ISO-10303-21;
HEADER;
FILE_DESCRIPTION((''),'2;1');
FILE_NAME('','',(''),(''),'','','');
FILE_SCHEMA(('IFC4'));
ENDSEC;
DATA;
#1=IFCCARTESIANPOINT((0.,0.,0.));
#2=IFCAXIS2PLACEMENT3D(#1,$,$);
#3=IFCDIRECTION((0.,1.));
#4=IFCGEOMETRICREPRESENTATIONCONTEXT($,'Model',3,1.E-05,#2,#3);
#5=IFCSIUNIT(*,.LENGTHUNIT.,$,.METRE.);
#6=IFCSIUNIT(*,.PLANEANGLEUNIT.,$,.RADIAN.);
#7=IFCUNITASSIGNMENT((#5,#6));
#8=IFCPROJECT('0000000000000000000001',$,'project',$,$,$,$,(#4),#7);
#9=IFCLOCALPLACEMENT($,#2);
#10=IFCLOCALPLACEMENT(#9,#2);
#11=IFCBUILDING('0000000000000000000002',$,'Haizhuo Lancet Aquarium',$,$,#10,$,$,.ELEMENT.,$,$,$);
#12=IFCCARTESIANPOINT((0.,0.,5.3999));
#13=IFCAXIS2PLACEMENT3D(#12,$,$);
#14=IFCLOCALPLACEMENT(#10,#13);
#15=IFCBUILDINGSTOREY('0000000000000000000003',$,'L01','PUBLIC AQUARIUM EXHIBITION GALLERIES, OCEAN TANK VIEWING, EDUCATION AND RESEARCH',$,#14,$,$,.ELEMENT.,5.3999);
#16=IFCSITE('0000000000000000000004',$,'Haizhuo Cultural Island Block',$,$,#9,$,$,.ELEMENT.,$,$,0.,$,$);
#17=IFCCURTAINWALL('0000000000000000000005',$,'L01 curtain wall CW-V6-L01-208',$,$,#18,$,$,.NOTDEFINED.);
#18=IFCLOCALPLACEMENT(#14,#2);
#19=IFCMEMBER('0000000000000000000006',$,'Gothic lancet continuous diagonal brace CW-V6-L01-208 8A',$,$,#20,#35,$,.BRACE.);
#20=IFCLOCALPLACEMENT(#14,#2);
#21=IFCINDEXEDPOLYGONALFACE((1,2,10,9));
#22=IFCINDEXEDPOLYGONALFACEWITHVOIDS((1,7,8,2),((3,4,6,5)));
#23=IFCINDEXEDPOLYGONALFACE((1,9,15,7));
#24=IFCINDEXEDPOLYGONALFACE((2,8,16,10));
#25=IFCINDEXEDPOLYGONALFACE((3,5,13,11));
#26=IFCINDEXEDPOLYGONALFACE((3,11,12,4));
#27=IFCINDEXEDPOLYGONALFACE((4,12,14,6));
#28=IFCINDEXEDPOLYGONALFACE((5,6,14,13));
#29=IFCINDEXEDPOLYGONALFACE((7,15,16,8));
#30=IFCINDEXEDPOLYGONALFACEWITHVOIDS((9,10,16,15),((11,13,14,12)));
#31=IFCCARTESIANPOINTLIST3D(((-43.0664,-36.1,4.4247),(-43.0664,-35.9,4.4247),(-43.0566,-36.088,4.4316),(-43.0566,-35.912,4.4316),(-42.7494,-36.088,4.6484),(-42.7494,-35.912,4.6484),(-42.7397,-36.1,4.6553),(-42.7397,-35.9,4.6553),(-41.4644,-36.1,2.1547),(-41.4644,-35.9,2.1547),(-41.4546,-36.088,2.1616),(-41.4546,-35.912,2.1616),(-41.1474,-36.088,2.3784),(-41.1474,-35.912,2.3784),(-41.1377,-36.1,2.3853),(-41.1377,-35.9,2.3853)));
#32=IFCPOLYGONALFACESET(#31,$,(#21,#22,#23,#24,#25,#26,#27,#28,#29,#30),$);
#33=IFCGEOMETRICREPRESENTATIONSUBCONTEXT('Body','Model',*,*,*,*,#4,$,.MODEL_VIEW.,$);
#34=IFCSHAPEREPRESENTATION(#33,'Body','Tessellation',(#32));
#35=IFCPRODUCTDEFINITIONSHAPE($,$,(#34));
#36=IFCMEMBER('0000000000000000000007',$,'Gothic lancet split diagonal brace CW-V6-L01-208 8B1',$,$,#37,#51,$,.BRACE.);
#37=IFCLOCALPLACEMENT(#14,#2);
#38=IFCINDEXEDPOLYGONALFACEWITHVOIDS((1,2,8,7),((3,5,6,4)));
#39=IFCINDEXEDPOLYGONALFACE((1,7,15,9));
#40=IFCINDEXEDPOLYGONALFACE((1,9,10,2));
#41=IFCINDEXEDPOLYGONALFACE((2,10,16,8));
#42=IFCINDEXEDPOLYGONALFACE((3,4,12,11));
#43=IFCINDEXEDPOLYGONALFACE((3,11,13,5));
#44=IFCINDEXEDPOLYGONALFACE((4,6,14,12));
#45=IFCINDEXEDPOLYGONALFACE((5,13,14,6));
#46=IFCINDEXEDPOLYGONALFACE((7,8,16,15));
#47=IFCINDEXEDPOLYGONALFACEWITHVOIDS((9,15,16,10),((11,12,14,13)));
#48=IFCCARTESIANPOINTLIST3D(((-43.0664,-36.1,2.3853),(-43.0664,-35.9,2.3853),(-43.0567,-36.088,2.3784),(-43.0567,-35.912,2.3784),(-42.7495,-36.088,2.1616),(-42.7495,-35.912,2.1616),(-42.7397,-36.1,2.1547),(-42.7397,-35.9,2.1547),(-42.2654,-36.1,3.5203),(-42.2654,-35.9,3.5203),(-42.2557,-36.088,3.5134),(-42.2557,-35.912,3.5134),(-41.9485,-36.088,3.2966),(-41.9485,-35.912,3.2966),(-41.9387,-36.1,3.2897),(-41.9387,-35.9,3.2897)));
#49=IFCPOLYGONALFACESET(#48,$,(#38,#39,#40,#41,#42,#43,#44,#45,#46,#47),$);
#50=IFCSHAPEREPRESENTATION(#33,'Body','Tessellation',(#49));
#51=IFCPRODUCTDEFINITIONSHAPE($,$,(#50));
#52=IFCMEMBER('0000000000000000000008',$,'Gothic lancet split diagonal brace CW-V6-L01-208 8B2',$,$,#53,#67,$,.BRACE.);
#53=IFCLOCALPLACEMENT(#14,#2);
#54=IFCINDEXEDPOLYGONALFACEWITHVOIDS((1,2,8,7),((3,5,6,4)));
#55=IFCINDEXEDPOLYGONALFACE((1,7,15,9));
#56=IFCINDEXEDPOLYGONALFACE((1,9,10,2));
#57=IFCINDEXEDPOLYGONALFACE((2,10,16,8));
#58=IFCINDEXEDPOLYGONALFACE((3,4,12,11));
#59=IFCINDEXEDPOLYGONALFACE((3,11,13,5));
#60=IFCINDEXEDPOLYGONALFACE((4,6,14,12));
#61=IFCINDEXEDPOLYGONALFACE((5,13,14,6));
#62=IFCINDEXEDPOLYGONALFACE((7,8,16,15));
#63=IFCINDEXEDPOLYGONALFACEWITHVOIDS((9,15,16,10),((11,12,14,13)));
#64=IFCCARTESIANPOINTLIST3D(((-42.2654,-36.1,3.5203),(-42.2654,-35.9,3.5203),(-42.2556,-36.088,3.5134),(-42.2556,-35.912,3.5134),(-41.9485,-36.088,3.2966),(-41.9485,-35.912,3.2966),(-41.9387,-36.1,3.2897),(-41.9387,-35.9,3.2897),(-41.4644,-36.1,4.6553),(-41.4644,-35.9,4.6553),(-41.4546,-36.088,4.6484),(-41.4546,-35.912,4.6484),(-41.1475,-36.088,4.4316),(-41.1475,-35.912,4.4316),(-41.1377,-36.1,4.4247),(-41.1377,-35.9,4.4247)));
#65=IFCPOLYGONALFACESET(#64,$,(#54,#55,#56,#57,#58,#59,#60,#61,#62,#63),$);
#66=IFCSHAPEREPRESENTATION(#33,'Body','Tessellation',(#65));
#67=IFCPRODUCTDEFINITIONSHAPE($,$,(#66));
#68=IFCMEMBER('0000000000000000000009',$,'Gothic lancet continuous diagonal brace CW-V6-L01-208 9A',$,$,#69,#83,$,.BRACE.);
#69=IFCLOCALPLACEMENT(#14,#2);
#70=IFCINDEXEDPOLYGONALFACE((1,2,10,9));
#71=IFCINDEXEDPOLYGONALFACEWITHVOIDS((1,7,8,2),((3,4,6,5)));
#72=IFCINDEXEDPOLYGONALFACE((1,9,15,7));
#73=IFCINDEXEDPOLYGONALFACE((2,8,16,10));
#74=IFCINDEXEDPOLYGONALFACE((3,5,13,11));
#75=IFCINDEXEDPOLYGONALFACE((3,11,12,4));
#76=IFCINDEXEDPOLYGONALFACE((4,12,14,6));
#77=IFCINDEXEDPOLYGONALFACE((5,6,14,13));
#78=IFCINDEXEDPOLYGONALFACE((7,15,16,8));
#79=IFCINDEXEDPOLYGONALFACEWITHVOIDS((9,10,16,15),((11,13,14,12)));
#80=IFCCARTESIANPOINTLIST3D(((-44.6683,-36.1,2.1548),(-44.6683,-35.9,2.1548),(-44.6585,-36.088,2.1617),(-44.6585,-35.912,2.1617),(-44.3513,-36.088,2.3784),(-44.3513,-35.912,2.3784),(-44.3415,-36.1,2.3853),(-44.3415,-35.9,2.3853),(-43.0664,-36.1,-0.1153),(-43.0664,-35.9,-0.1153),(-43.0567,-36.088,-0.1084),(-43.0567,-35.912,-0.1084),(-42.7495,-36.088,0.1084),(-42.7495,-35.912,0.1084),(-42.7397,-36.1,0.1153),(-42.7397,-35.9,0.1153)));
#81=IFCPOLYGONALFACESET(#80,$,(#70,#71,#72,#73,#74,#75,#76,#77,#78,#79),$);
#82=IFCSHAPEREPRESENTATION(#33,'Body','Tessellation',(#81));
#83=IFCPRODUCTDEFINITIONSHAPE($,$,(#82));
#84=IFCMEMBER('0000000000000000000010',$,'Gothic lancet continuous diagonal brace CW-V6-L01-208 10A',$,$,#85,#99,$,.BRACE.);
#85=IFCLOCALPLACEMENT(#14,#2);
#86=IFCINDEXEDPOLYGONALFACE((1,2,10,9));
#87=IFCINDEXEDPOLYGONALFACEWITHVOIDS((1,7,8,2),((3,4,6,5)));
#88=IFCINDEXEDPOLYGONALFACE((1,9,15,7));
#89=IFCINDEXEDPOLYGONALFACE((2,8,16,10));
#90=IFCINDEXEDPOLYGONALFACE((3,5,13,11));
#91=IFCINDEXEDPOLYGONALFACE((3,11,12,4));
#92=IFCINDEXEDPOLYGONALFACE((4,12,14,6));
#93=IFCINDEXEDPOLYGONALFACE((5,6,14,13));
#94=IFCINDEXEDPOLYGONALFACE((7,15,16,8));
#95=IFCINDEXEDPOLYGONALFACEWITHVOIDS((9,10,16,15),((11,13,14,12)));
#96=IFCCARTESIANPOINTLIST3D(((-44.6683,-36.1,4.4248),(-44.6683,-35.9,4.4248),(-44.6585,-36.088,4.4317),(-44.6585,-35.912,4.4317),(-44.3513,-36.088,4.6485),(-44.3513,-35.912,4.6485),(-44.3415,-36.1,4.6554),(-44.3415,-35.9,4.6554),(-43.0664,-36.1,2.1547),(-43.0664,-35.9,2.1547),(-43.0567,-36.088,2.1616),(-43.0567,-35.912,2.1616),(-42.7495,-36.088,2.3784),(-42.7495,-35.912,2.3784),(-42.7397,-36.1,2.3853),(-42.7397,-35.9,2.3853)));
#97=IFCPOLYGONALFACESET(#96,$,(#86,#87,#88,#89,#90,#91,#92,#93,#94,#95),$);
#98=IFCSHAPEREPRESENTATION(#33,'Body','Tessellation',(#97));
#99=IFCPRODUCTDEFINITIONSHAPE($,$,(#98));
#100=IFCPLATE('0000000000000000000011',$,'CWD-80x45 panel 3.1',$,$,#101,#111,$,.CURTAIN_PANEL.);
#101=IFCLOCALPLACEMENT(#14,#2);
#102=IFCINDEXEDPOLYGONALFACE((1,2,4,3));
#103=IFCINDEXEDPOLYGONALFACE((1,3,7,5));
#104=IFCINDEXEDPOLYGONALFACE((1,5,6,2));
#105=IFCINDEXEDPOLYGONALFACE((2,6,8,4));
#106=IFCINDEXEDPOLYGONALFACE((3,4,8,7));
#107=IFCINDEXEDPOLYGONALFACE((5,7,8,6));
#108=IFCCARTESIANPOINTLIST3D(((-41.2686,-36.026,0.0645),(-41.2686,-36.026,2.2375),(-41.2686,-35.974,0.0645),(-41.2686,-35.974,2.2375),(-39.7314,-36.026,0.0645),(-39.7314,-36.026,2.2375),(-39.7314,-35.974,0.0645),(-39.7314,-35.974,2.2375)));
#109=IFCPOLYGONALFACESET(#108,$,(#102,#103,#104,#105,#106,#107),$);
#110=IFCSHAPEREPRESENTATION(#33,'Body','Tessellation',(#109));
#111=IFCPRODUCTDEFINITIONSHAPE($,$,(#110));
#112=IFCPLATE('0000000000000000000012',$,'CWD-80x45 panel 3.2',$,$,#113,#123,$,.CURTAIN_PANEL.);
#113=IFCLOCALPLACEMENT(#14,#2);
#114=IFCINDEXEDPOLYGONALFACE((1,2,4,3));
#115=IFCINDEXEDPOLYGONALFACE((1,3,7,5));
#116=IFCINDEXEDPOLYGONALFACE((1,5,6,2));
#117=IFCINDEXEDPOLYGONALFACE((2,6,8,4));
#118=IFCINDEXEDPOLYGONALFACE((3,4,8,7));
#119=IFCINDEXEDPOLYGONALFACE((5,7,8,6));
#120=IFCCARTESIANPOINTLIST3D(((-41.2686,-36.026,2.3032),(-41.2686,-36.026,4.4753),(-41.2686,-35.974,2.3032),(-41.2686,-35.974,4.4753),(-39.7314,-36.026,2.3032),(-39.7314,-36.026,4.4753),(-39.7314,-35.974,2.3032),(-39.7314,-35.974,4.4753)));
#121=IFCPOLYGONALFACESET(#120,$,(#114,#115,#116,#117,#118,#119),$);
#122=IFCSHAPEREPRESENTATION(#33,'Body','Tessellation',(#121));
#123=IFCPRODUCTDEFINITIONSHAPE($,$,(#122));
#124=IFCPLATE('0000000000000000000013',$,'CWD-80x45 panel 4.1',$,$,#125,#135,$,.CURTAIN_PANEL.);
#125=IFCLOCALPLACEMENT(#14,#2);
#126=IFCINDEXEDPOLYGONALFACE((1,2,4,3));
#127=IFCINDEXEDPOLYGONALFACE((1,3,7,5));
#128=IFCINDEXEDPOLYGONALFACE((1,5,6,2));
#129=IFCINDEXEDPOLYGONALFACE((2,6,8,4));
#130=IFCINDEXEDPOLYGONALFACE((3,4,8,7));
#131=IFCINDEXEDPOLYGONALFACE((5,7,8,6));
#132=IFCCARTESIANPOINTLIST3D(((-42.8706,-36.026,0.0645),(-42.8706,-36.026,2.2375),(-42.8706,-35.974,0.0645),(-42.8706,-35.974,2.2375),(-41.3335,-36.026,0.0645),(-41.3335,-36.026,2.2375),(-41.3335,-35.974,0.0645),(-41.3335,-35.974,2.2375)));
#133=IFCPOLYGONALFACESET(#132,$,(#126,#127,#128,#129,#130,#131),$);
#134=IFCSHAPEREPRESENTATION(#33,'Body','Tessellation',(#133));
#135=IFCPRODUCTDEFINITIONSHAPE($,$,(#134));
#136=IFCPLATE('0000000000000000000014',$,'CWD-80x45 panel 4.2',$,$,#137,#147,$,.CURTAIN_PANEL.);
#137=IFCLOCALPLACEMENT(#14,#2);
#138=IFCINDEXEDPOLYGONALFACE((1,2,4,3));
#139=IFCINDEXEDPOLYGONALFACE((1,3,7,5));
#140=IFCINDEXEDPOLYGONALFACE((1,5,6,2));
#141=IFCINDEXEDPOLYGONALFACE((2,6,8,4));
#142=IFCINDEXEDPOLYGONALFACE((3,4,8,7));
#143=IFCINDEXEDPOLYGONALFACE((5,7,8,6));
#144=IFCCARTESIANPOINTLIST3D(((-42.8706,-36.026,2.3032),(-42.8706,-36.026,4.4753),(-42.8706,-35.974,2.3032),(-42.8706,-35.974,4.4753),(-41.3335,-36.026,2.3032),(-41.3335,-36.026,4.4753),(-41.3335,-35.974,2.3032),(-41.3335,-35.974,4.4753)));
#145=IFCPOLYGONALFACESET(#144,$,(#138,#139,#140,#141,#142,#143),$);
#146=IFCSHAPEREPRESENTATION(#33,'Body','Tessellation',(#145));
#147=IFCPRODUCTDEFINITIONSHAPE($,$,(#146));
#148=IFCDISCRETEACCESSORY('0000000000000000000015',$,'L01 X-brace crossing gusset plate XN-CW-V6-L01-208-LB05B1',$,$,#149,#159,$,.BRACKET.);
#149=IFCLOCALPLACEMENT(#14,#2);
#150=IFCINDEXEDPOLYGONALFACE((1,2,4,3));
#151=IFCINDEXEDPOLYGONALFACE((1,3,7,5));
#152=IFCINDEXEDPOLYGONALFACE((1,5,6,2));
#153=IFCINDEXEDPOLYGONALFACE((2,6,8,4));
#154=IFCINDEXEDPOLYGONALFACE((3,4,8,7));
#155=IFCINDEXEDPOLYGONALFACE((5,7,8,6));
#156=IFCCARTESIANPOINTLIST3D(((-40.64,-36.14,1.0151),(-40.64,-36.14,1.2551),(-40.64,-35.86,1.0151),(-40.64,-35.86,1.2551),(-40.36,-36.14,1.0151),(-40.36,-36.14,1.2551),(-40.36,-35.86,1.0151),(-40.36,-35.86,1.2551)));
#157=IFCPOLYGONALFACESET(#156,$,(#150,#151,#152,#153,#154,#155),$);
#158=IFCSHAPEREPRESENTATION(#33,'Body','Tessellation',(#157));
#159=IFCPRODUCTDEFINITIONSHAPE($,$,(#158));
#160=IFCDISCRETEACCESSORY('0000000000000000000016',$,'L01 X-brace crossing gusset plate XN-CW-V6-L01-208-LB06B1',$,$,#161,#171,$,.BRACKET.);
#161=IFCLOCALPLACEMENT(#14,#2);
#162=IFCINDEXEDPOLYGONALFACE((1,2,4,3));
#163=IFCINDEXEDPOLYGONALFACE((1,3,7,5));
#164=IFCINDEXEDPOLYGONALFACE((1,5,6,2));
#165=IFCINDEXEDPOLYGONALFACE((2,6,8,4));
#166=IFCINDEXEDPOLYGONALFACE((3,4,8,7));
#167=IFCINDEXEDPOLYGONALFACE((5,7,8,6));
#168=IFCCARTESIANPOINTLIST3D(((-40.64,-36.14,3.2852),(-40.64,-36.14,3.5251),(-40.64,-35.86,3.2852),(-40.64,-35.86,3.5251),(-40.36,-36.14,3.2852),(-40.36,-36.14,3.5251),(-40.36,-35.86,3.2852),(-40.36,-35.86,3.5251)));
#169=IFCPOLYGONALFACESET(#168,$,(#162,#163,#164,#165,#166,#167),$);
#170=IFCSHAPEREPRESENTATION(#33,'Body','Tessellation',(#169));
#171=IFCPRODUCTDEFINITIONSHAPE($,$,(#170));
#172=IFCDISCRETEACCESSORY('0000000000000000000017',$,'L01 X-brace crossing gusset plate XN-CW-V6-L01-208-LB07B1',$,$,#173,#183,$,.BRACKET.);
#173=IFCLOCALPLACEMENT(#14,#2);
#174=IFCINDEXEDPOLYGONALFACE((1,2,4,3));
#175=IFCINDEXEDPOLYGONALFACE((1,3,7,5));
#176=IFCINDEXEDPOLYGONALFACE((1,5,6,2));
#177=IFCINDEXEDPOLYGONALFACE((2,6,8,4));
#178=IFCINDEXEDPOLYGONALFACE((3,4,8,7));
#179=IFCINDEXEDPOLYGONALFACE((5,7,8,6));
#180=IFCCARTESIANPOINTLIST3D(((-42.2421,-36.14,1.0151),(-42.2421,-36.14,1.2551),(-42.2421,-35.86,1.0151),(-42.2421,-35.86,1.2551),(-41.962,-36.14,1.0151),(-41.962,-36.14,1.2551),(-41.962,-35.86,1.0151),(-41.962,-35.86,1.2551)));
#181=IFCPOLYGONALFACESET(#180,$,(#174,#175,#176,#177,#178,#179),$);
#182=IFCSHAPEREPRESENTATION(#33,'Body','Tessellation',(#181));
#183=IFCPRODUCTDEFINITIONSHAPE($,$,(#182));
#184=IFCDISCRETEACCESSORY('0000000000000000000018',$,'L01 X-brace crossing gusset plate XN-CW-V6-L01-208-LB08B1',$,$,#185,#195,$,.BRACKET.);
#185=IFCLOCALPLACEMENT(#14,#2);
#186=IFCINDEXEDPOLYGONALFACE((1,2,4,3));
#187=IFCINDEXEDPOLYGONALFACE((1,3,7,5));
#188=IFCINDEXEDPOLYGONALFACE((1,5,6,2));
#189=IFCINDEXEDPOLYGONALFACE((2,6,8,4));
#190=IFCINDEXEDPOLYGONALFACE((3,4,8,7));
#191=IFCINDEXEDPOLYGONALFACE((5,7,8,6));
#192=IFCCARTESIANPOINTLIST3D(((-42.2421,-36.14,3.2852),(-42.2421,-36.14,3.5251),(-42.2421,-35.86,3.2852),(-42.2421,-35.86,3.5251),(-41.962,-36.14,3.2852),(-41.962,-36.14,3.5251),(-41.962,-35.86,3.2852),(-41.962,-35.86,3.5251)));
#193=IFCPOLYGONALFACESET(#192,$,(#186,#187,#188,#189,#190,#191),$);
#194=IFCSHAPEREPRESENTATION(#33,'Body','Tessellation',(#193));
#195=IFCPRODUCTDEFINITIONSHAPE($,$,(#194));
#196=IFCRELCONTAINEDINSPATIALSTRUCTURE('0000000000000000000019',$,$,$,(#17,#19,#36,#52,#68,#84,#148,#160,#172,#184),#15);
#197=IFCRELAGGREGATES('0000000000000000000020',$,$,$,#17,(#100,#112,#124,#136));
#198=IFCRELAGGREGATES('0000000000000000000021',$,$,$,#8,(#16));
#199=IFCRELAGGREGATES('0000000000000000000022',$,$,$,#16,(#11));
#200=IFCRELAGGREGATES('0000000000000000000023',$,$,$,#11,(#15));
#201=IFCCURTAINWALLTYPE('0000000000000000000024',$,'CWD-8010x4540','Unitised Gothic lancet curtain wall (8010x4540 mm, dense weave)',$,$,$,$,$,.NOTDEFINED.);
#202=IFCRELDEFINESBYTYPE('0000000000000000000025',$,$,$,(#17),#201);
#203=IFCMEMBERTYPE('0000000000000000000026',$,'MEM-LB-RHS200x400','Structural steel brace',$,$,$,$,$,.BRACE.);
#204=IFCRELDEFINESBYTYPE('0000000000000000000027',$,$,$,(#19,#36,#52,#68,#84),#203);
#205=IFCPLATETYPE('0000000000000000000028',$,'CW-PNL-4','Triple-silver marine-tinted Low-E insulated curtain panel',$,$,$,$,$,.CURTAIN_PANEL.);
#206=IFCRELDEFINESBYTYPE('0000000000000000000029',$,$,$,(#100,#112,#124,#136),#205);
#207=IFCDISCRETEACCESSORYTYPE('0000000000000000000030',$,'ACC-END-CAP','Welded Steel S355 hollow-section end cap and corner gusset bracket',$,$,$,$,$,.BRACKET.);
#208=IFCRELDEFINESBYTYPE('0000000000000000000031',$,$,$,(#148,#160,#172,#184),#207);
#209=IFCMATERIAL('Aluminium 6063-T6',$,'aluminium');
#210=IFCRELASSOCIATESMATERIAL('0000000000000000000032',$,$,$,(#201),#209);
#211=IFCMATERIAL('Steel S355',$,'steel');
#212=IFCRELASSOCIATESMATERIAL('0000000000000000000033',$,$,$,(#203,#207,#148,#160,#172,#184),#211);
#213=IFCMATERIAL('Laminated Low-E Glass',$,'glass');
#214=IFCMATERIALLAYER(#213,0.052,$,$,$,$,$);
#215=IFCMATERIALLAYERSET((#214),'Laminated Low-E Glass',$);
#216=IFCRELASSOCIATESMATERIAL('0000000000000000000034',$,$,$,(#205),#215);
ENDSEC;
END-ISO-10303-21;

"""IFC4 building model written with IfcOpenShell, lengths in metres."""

from ifc_helpers import new_model, si_unit, direction, frame, origin, origin_2d, place, context, subcontext, project, spatial, rectangle, hollow_rectangle, extrude, material, layer, layer_set, material_profile, profile_set, type_object, element, aggregate, save


model = new_model("IFC4")

# Units and contexts
model_context = context("Model", 3, precision=1e-05, world=origin(), true_north=direction((0.0, 1.0)))
body_context = subcontext(model_context, "Body", "Model", "MODEL_VIEW")
ifc_project = project(units=[si_unit("LENGTHUNIT", "METRE"), si_unit("PLANEANGLEUNIT", "RADIAN")], contexts=[model_context])

# Site, building, storey
site_placement = place(None, origin())
site = spatial("IfcSite", under=ifc_project, at=site_placement, Name="Haizhuo Cultural Island Block", CompositionType="ELEMENT", RefElevation=0.0)
building_placement = place(site_placement, origin())
building = spatial("IfcBuilding", under=site, at=building_placement, Name="Haizhuo Lancet Aquarium", CompositionType="ELEMENT")
storey_placement = place(building_placement, frame((0.0, 0.0, 5.3999)))
storey = spatial("IfcBuildingStorey", under=building, at=storey_placement, Name="L01", Description="PUBLIC AQUARIUM EXHIBITION GALLERIES, OCEAN TANK VIEWING, EDUCATION AND RESEARCH", CompositionType="ELEMENT", Elevation=5.3999)

# Curtain wall
ifc_material_1 = material(Name="Aluminium 6063-T6", Category="aluminium")
curtain_wall_type = type_object("IfcCurtainWallType", Name="CWD-8010x4540", Description="Unitised Gothic lancet curtain wall (8010x4540 mm, dense weave)", PredefinedType="NOTDEFINED", material=ifc_material_1)
curtain_wall_placement = place(storey_placement, origin())
curtain_wall = element("IfcCurtainWall", 1, at=curtain_wall_placement, inside=storey, type_object=curtain_wall_type, Name="L01 curtain wall CW-V6-L01-208", PredefinedType="NOTDEFINED")

# Members
ifc_material_2 = material(Name="Steel S355", Category="steel")
ifc_material_profile_1 = material_profile(ifc_material_2, hollow_rectangle(XDim=0.2, YDim=0.3999, WallThickness=0.012, at=origin_2d()), Name="RHS 200x400x12")
ifc_profile_set_1 = profile_set([ifc_material_profile_1], Name="Steel S355")
member_type_1 = type_object("IfcMemberType", Name="MEM-LB-RHS200x400", Description="Structural steel brace", PredefinedType="BRACE", material=ifc_profile_set_1)
member_1_placement = place(storey_placement, frame((-41.301, -36.0, 2.27), z_axis=(-0.576607, 0.0, 0.817021), x_axis=(0.0, -1.0, 0.0)))
element("IfcMember", 2, at=member_1_placement, inside=storey, type_object=member_type_1, Name="Gothic lancet continuous diagonal brace CW-V6-L01-208 8A", PredefinedType="BRACE", context=body_context, shape_type="SweptSolid", body=[
    extrude(hollow_rectangle(XDim=0.2, YDim=0.3999, WallThickness=0.012, at=origin_2d()), origin(), (0.0, 0.0, 1.0), 2.7783),
])
for number, where, z_axis, x_axis, name in (
    (3, (-42.9031, -36.0, 2.27), (0.576607, 0.0, 0.817021), (0.0, 1.0, 0.0), "Gothic lancet split diagonal brace CW-V6-L01-208 8B1"),
    (4, (-42.1021, -36.0, 3.405), (0.576607, 0.0, 0.817021), (0.0, 1.0, 0.0), "Gothic lancet split diagonal brace CW-V6-L01-208 8B2"),
):
    element("IfcMember", number, at=place(storey_placement, frame(where, z_axis=z_axis, x_axis=x_axis)), inside=storey, type_object=member_type_1, Name=name, PredefinedType="BRACE", context=body_context, shape_type="SweptSolid", body=[
        extrude(hollow_rectangle(XDim=0.2, YDim=0.3999, WallThickness=0.012, at=origin_2d()), origin(), (0.0, 0.0, 1.0), 1.3892),
    ])
for number, where, z_axis, x_axis, name in (
    (5, (-42.9031, -36.0, 0.0), (-0.576549, 0.0, 0.817063), (0.0, -1.0, 0.0), "Gothic lancet continuous diagonal brace CW-V6-L01-208 9A"),
    (6, (-42.9031, -36.0, 2.27), (-0.576549, 0.0, 0.817063), (0.0, -1.0, 0.0), "Gothic lancet continuous diagonal brace CW-V6-L01-208 10A"),
):
    element("IfcMember", number, at=place(storey_placement, frame(where, z_axis=z_axis, x_axis=x_axis)), inside=storey, type_object=member_type_1, Name=name, PredefinedType="BRACE", context=body_context, shape_type="SweptSolid", body=[
        extrude(hollow_rectangle(XDim=0.2, YDim=0.3999, WallThickness=0.012, at=origin_2d()), origin(), (0.0, 0.0, 1.0), 2.7783),
    ])

# Plates
ifc_material_3 = material(Name="Laminated Low-E Glass", Category="glass")
ifc_layer = layer(ifc_material_3, 0.052)
ifc_layer_set = layer_set([ifc_layer], Name="Laminated Low-E Glass")
plate_type = type_object("IfcPlateType", Name="CW-PNL-4", Description="Triple-silver marine-tinted Low-E insulated curtain panel", PredefinedType="CURTAIN_PANEL", material=ifc_layer_set)
plate_1_placement = place(storey_placement, frame((-40.5, -36.0, 0.0645), z_axis=(0.0, 0.0, 1.0), x_axis=(-1.0, 0.0, 0.0)))
plate_1 = element("IfcPlate", 7, at=plate_1_placement, type_object=plate_type, Name="CWD-80x45 panel 3.1", PredefinedType="CURTAIN_PANEL", context=body_context, shape_type="SweptSolid", body=[
    extrude(rectangle(XDim=1.5371, YDim=0.052, at=origin_2d()), origin(), (0.0, 0.0, 1.0), 2.1731),
])
plate_2_placement = place(storey_placement, frame((-40.5, -36.0, 2.3032), z_axis=(0.0, 0.0, 1.0), x_axis=(-1.0, 0.0, 0.0)))
plate_2 = element("IfcPlate", 8, at=plate_2_placement, type_object=plate_type, Name="CWD-80x45 panel 3.2", PredefinedType="CURTAIN_PANEL", context=body_context, shape_type="SweptSolid", body=[
    extrude(rectangle(XDim=1.5371, YDim=0.052, at=origin_2d()), origin(), (0.0, 0.0, 1.0), 2.1721),
])
plate_3_placement = place(storey_placement, frame((-42.1021, -36.0, 0.0645), z_axis=(0.0, 0.0, 1.0), x_axis=(-1.0, 0.0, 0.0)))
plate_3 = element("IfcPlate", 9, at=plate_3_placement, type_object=plate_type, Name="CWD-80x45 panel 4.1", PredefinedType="CURTAIN_PANEL", context=body_context, shape_type="SweptSolid", body=[
    extrude(rectangle(XDim=1.5371, YDim=0.052, at=origin_2d()), origin(), (0.0, 0.0, 1.0), 2.1731),
])
plate_4_placement = place(storey_placement, frame((-42.1021, -36.0, 2.3032), z_axis=(0.0, 0.0, 1.0), x_axis=(-1.0, 0.0, 0.0)))
plate_4 = element("IfcPlate", 10, at=plate_4_placement, type_object=plate_type, Name="CWD-80x45 panel 4.2", PredefinedType="CURTAIN_PANEL", context=body_context, shape_type="SweptSolid", body=[
    extrude(rectangle(XDim=1.5371, YDim=0.052, at=origin_2d()), origin(), (0.0, 0.0, 1.0), 2.1721),
])
aggregate(curtain_wall, [plate_1, plate_2, plate_3, plate_4])

# Discrete accessories
discrete_accessory_type = type_object("IfcDiscreteAccessoryType", Name="ACC-END-CAP", Description="Welded Steel S355 hollow-section end cap and corner gusset bracket", PredefinedType="BRACKET", material=ifc_material_2)
for number, where, z_axis, x_axis, name in (
    (11, (-40.5, -36.0, 1.0151), (0.0, 0.0, 1.0), (1.0, 0.0, 0.0), "L01 X-brace crossing gusset plate XN-CW-V6-L01-208-LB05B1"),
    (12, (-40.5, -36.0, 3.2852), (0.0, 0.0, 1.0), (1.0, 0.0, 0.0), "L01 X-brace crossing gusset plate XN-CW-V6-L01-208-LB06B1"),
    (13, (-42.1021, -36.0, 1.0151), (0.0, 0.0, 1.0), (1.0, 0.0, 0.0), "L01 X-brace crossing gusset plate XN-CW-V6-L01-208-LB07B1"),
    (14, (-42.1021, -36.0, 3.2852), (0.0, 0.0, 1.0), (1.0, 0.0, 0.0), "L01 X-brace crossing gusset plate XN-CW-V6-L01-208-LB08B1"),
):
    element("IfcDiscreteAccessory", number, at=place(storey_placement, frame(where, z_axis=z_axis, x_axis=x_axis)), inside=storey, type_object=discrete_accessory_type, material=ifc_material_2, Name=name, PredefinedType="BRACKET", context=body_context, shape_type="SweptSolid", body=[
        extrude(rectangle(XDim=0.28, YDim=0.28, at=origin_2d()), origin(), (0.0, 0.0, 1.0), 0.24),
    ])

save(model, "model.ifc")
